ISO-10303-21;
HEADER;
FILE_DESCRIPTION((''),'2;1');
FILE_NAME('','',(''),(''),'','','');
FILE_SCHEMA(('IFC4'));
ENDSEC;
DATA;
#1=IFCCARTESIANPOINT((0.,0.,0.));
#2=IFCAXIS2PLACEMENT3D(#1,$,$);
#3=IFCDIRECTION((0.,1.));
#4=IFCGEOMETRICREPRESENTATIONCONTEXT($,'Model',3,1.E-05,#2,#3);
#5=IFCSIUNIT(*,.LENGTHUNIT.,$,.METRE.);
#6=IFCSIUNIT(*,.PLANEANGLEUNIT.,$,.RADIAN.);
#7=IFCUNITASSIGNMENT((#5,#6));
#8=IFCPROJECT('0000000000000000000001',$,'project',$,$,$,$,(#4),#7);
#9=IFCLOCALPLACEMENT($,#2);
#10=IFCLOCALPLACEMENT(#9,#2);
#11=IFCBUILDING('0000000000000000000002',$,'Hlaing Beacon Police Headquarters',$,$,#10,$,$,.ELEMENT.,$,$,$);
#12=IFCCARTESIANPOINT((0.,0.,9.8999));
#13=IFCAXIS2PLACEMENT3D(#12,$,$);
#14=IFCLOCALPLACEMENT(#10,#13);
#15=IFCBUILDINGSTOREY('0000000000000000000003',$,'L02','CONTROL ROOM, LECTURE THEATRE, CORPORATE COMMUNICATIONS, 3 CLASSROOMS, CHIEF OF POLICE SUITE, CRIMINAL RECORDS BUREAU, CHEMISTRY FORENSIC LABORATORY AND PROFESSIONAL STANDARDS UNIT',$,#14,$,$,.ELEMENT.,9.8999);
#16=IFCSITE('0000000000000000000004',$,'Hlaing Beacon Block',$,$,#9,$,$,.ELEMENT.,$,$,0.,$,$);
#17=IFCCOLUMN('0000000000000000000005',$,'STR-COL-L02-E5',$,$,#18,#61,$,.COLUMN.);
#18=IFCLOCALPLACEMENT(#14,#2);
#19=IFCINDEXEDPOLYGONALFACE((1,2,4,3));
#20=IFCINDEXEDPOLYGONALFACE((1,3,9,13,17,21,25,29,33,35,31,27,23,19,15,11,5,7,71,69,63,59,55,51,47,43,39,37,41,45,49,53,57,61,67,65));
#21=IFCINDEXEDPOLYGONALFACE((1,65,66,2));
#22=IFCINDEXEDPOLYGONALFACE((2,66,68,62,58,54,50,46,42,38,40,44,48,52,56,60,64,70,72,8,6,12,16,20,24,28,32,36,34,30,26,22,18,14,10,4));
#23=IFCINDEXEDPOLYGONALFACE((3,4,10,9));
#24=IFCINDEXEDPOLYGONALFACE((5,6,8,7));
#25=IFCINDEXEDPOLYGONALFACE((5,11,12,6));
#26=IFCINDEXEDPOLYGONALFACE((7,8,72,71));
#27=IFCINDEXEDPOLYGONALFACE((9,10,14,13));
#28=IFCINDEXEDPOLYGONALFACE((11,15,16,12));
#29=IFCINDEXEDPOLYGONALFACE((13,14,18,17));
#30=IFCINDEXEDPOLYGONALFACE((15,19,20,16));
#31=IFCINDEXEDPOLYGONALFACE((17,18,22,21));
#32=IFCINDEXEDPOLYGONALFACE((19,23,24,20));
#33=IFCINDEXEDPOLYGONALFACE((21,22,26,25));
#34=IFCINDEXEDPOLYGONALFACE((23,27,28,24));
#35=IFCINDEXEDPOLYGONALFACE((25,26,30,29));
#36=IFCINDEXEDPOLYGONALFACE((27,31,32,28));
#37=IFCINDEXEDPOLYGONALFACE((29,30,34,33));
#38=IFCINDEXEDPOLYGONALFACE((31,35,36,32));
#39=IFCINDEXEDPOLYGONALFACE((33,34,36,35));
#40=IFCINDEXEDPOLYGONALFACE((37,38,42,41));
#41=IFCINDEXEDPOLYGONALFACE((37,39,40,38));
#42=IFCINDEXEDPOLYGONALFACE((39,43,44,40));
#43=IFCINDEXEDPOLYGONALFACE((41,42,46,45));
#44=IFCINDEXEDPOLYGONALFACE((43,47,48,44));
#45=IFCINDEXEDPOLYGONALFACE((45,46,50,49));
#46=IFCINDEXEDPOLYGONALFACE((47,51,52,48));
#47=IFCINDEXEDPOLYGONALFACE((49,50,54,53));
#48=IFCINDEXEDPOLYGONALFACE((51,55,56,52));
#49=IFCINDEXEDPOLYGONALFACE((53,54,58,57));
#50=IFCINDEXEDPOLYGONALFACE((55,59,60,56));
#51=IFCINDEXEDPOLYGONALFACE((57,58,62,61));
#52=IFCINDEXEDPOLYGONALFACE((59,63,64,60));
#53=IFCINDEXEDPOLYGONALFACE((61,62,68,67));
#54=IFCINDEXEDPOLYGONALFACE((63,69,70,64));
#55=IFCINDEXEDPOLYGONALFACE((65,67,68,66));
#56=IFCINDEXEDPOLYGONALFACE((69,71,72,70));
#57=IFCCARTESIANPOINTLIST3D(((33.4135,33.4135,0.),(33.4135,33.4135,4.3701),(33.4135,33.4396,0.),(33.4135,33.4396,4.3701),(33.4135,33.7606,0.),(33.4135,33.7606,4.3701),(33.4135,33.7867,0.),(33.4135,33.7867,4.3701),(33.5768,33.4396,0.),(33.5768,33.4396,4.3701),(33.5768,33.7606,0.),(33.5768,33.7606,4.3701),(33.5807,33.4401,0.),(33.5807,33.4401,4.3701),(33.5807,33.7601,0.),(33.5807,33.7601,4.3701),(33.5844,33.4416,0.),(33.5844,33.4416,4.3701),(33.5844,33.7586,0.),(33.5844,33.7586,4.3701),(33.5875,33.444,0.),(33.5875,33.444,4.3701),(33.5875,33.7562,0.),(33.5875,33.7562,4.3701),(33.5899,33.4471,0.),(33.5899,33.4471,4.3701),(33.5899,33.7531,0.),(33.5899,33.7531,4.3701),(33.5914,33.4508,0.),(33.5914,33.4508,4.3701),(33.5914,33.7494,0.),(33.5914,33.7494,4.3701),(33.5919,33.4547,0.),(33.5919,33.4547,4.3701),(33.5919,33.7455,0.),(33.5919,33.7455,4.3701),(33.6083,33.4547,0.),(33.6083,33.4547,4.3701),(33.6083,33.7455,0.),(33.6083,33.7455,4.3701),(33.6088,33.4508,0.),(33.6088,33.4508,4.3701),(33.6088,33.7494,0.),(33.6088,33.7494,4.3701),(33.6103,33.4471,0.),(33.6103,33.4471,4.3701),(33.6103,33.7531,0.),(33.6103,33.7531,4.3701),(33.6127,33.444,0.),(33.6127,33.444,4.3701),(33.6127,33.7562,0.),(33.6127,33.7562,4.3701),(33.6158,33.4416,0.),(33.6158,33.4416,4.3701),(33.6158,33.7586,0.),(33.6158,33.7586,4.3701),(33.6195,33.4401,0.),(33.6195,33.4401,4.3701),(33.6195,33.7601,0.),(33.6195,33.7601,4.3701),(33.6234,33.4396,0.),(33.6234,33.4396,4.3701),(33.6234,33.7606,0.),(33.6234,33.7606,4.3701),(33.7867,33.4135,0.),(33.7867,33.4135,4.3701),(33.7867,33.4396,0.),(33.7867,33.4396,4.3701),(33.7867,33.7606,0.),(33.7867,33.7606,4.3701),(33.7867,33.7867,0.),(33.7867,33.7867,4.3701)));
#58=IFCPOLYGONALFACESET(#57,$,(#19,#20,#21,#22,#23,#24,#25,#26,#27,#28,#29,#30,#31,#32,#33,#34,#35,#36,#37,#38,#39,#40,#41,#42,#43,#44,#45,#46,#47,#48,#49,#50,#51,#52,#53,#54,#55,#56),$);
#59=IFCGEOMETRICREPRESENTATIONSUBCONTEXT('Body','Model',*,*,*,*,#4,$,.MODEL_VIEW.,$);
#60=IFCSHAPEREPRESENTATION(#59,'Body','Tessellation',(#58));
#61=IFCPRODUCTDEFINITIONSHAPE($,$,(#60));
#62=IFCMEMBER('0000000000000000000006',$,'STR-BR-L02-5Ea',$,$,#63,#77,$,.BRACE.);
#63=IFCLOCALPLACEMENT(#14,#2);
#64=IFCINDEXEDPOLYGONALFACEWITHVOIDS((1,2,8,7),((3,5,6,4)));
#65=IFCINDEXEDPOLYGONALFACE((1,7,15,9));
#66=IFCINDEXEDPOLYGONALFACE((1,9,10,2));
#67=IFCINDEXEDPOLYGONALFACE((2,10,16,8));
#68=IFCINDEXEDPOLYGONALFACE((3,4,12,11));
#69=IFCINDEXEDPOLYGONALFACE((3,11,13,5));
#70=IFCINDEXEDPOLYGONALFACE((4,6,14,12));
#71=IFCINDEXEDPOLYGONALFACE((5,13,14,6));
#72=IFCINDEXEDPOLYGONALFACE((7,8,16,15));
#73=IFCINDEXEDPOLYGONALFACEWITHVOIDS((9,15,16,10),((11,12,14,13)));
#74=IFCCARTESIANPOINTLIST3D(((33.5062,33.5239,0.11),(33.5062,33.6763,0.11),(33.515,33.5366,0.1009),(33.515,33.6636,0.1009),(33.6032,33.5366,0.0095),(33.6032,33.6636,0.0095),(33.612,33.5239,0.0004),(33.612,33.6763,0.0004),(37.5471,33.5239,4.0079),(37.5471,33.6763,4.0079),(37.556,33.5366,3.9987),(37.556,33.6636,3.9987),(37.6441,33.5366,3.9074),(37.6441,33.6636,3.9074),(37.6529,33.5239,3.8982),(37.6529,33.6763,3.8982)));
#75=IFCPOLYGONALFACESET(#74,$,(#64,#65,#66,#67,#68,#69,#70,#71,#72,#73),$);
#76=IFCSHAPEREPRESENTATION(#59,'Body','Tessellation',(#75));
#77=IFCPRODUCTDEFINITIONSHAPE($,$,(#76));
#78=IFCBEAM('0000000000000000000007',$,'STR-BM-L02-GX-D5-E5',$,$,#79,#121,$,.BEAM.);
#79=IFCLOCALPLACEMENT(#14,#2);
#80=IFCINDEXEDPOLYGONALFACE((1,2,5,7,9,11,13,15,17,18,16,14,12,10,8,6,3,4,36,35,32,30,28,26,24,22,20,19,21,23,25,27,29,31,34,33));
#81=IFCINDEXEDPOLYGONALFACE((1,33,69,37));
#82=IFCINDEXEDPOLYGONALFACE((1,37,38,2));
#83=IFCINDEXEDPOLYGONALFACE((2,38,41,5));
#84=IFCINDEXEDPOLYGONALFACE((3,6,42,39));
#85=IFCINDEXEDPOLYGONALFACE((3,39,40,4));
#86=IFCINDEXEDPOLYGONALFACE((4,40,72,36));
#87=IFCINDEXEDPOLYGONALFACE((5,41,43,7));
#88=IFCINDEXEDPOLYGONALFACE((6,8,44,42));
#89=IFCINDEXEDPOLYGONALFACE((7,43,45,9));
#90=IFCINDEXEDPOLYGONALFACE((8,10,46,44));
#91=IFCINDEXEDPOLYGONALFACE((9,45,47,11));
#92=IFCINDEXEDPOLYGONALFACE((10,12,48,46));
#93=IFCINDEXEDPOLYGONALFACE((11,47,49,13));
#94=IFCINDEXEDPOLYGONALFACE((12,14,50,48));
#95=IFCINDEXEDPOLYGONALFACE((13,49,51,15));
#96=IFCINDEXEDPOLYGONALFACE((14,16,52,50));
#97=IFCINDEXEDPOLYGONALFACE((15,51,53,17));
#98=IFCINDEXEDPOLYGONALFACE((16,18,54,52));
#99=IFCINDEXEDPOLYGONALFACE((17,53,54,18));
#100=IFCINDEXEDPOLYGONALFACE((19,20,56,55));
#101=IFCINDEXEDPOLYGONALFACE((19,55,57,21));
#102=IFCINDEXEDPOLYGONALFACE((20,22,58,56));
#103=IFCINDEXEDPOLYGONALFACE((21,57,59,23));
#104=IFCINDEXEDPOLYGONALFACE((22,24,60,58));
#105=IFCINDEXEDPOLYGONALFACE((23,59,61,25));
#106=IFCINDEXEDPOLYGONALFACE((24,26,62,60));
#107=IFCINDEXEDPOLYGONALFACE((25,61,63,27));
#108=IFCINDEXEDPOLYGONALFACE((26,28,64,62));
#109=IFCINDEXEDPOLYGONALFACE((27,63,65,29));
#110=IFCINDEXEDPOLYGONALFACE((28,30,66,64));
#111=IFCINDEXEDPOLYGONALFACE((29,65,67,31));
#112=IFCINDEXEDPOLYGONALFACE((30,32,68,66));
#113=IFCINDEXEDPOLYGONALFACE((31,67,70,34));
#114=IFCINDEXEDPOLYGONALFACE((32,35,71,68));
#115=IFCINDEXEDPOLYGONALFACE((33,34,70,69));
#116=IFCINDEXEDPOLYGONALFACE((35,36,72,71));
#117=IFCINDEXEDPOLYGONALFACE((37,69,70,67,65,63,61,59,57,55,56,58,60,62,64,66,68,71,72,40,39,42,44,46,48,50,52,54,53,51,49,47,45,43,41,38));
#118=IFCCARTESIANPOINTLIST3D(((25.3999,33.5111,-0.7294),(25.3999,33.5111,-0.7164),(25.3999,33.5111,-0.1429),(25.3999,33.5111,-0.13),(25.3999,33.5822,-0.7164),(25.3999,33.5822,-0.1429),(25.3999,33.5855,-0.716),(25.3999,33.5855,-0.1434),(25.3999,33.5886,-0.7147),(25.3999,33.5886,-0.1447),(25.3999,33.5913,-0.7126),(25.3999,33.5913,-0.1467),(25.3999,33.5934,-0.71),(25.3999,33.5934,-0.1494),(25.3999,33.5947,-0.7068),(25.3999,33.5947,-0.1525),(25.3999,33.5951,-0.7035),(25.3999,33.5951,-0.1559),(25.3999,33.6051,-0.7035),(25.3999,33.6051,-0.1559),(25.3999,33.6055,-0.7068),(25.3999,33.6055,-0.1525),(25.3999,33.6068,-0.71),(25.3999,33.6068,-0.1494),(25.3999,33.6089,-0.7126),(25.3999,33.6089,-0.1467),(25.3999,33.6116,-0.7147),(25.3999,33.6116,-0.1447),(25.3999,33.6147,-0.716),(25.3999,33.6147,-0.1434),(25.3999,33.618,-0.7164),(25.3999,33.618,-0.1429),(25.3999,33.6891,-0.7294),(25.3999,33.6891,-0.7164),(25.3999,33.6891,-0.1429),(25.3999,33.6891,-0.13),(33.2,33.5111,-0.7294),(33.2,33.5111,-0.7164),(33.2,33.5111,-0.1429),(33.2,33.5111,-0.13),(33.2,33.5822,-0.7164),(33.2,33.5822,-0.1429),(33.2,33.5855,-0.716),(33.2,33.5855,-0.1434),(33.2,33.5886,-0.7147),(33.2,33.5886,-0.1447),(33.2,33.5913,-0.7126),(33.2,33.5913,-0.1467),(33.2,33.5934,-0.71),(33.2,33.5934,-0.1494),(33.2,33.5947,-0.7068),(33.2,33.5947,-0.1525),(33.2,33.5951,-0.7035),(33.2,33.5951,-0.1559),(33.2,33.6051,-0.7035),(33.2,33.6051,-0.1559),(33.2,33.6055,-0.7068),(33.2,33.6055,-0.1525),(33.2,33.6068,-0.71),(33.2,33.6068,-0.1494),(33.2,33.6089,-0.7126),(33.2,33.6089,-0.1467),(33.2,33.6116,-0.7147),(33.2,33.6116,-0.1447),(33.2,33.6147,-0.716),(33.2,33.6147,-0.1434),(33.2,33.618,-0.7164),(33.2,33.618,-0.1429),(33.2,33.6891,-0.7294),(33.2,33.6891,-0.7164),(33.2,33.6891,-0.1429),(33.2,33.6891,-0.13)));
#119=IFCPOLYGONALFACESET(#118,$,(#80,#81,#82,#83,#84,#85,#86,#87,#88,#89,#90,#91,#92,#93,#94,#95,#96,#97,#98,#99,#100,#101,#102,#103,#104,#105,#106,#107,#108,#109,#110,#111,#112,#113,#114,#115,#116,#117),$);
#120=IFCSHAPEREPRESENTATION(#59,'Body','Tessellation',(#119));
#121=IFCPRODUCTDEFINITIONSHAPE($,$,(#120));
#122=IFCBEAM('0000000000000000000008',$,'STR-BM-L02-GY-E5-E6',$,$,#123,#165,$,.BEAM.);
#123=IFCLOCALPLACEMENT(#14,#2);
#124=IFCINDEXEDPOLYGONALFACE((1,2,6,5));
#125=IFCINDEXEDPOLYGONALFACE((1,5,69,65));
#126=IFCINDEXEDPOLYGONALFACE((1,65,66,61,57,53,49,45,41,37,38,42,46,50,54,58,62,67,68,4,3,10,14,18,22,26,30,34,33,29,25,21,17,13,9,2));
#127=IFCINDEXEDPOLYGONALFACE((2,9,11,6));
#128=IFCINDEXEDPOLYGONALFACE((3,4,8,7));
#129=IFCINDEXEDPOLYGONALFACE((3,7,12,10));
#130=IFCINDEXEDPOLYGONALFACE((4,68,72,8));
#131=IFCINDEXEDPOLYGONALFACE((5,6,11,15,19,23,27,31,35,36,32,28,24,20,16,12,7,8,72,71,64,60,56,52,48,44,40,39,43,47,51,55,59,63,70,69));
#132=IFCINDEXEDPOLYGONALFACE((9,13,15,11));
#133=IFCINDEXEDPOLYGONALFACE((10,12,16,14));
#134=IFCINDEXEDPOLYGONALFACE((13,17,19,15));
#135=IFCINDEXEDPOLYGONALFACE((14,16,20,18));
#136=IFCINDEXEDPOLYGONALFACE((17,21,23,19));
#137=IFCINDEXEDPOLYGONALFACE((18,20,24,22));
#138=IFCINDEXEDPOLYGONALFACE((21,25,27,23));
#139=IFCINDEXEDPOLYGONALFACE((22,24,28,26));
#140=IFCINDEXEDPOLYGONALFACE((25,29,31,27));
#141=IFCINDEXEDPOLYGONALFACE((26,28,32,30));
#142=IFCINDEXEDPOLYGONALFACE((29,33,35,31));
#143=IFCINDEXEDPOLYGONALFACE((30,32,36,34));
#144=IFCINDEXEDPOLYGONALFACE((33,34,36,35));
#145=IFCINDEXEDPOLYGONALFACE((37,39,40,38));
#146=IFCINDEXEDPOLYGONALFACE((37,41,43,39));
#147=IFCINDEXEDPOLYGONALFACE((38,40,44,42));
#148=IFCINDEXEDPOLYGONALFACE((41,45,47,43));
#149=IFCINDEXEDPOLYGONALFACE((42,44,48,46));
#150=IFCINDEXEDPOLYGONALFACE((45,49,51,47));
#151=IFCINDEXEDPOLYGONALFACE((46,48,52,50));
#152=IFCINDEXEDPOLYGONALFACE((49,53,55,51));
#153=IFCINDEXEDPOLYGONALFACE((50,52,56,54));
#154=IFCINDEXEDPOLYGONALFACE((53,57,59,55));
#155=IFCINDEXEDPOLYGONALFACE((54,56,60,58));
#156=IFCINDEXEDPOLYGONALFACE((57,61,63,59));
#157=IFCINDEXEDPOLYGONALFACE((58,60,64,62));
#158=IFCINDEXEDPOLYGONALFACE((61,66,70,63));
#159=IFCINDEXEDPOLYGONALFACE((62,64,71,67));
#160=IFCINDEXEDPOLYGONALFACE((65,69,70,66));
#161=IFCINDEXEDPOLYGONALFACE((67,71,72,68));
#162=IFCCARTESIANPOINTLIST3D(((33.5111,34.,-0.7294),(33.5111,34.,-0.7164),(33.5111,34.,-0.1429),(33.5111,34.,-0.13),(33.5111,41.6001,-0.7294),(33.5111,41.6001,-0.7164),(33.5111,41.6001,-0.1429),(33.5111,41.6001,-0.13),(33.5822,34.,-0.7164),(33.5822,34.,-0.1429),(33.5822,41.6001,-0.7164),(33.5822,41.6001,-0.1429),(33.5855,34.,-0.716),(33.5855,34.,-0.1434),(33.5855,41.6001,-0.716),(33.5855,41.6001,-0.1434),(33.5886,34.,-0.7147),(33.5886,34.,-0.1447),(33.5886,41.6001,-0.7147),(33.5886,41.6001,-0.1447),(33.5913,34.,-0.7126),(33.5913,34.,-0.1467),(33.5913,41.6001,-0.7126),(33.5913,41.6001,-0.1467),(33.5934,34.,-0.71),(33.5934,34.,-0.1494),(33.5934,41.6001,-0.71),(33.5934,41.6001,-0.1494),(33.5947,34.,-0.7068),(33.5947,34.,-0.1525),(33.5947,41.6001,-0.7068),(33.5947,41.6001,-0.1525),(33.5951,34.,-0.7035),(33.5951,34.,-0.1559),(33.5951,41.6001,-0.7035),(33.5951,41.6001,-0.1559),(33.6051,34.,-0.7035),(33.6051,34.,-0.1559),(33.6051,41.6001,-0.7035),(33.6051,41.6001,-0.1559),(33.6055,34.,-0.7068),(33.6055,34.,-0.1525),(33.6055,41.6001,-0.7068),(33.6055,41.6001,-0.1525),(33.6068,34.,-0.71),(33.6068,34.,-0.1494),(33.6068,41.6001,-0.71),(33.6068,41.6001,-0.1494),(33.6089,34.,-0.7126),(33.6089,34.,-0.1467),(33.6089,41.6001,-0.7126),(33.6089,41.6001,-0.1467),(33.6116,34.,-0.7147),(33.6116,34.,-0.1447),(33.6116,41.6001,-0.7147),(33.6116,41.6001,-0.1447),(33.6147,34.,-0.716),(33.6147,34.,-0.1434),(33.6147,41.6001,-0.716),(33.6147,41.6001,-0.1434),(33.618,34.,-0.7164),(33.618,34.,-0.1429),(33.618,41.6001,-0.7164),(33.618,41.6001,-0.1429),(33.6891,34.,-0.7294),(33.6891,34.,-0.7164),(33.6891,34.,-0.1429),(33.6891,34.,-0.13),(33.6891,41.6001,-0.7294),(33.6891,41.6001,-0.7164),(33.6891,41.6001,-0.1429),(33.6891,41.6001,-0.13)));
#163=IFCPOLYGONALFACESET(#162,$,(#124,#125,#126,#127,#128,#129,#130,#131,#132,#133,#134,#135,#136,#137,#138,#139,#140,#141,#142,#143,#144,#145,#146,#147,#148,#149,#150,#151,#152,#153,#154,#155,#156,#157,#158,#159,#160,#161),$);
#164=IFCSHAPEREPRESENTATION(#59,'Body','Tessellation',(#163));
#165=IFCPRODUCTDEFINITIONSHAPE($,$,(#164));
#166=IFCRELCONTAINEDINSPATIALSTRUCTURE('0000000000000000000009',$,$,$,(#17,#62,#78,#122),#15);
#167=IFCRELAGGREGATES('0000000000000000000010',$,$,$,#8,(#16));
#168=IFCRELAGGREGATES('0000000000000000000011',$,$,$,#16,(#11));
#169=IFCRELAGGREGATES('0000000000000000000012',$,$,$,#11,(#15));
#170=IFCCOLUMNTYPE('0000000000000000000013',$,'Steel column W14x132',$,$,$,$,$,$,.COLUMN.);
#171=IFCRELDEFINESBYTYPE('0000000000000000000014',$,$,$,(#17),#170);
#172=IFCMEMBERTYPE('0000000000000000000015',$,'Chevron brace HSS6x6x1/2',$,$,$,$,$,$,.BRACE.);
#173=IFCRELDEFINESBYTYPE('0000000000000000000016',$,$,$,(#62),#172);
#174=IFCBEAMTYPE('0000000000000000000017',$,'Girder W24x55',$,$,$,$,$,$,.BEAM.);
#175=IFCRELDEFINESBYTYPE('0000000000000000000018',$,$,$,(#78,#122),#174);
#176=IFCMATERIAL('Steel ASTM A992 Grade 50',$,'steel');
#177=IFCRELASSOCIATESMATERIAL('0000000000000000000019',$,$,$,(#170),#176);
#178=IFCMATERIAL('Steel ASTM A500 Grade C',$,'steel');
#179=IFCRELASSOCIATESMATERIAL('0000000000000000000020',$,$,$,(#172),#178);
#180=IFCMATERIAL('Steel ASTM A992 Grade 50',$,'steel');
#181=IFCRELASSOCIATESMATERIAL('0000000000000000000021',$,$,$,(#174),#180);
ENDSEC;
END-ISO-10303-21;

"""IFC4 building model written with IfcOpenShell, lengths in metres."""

from ifc_helpers import new_model, si_unit, direction, frame, origin, origin_2d, place, context, subcontext, project, spatial, hollow_rectangle, i_section, extrude, material, material_profile, profile_set, type_object, element, save


model = new_model("IFC4")

# Units and contexts
model_context = context("Model", 3, precision=1e-05, world=origin(), true_north=direction((0.0, 1.0)))
body_context = subcontext(model_context, "Body", "Model", "MODEL_VIEW")
ifc_project = project(units=[si_unit("LENGTHUNIT", "METRE"), si_unit("PLANEANGLEUNIT", "RADIAN")], contexts=[model_context])

# Site, building, storey
site_placement = place(None, origin())
site = spatial("IfcSite", under=ifc_project, at=site_placement, Name="Hlaing Beacon Block", CompositionType="ELEMENT", RefElevation=0.0)
building_placement = place(site_placement, origin())
building = spatial("IfcBuilding", under=site, at=building_placement, Name="Hlaing Beacon Police Headquarters", CompositionType="ELEMENT")
storey_placement = place(building_placement, frame((0.0, 0.0, 9.8999)))
storey = spatial("IfcBuildingStorey", under=building, at=storey_placement, Name="L02", Description="CONTROL ROOM, LECTURE THEATRE, CORPORATE COMMUNICATIONS, 3 CLASSROOMS, CHIEF OF POLICE SUITE, CRIMINAL RECORDS BUREAU, CHEMISTRY FORENSIC LABORATORY AND PROFESSIONAL STANDARDS UNIT", CompositionType="ELEMENT", Elevation=9.8999)

# Column
ifc_material_1 = material(Name="Steel ASTM A992 Grade 50", Category="steel")
ifc_material_profile_1 = material_profile(ifc_material_1, i_section(OverallWidth=0.3733, OverallDepth=0.3733, WebThickness=0.0164, FlangeThickness=0.0261, FilletRadius=0.0151, at=origin_2d()), Name="W14x132")
ifc_profile_set_1 = profile_set([ifc_material_profile_1], Name="Steel ASTM A992 Grade 50")
column_type = type_object("IfcColumnType", Name="Steel column W14x132", PredefinedType="COLUMN", material=ifc_profile_set_1)
column_placement = place(storey_placement, frame((33.6001, 33.6001, 0.0), z_axis=(0.0, 0.0, 1.0), x_axis=(1.0, 0.0, 0.0)))
element("IfcColumn", 1, at=column_placement, inside=storey, type_object=column_type, Name="STR-COL-L02-E5", PredefinedType="COLUMN", context=body_context, shape_type="SweptSolid", body=[
    extrude(i_section(OverallWidth=0.3733, OverallDepth=0.3733, WebThickness=0.0164, FlangeThickness=0.0261, FilletRadius=0.0151, at=origin_2d()), origin(), (0.0, 0.0, 1.0), 4.3701),
])

# Member
ifc_material_2 = material(Name="Steel ASTM A500 Grade C", Category="steel")
ifc_material_profile_2 = material_profile(ifc_material_2, hollow_rectangle(XDim=0.1523, YDim=0.1523, WallThickness=0.0127, at=origin_2d()), Name="HSS6x6x1/2")
ifc_profile_set_2 = profile_set([ifc_material_profile_2], Name="Steel ASTM A500 Grade C")
member_type = type_object("IfcMemberType", Name="Chevron brace HSS6x6x1/2", PredefinedType="BRACE", material=ifc_profile_set_2)
member_placement = place(storey_placement, frame((33.5591, 33.6001, 0.0552), z_axis=(0.719733, 0.0, 0.694251), x_axis=(0.0, 1.0, 0.0)))
element("IfcMember", 2, at=member_placement, inside=storey, type_object=member_type, Name="STR-BR-L02-5Ea", PredefinedType="BRACE", context=body_context, shape_type="SweptSolid", body=[
    extrude(hollow_rectangle(XDim=0.1523, YDim=0.1523, WallThickness=0.0127, at=origin_2d()), origin(), (0.0, 0.0, 1.0), 5.6145),
])

# Beams
ifc_material_3 = material(Name="Steel ASTM A992 Grade 50", Category="steel")
ifc_material_profile_3 = material_profile(ifc_material_3, i_section(OverallWidth=0.178, OverallDepth=0.5994, WebThickness=0.01, FlangeThickness=0.0129, FilletRadius=0.0129, at=origin_2d()), Name="W24x55")
ifc_profile_set_3 = profile_set([ifc_material_profile_3], Name="Steel ASTM A992 Grade 50")
beam_type_1 = type_object("IfcBeamType", Name="Girder W24x55", PredefinedType="BEAM", material=ifc_profile_set_3)
beam_1_placement = place(storey_placement, frame((25.3999, 33.6001, -0.4297), z_axis=(1.0, 0.0, 0.0), x_axis=(0.0, 1.0, 0.0)))
element("IfcBeam", 3, at=beam_1_placement, inside=storey, type_object=beam_type_1, Name="STR-BM-L02-GX-D5-E5", PredefinedType="BEAM", context=body_context, shape_type="SweptSolid", body=[
    extrude(i_section(OverallWidth=0.178, OverallDepth=0.5994, WebThickness=0.01, FlangeThickness=0.0129, FilletRadius=0.0129, at=origin_2d()), origin(), (0.0, 0.0, 1.0), 7.8),
])
beam_2_placement = place(storey_placement, frame((33.6001, 34.0, -0.4297), z_axis=(0.0, 1.0, 0.0), x_axis=(-1.0, 0.0, 0.0)))
element("IfcBeam", 4, at=beam_2_placement, inside=storey, type_object=beam_type_1, Name="STR-BM-L02-GY-E5-E6", PredefinedType="BEAM", context=body_context, shape_type="SweptSolid", body=[
    extrude(i_section(OverallWidth=0.178, OverallDepth=0.5994, WebThickness=0.01, FlangeThickness=0.0129, FilletRadius=0.0129, at=origin_2d()), origin(), (0.0, 0.0, 1.0), 7.6001),
])

save(model, "model.ifc")
